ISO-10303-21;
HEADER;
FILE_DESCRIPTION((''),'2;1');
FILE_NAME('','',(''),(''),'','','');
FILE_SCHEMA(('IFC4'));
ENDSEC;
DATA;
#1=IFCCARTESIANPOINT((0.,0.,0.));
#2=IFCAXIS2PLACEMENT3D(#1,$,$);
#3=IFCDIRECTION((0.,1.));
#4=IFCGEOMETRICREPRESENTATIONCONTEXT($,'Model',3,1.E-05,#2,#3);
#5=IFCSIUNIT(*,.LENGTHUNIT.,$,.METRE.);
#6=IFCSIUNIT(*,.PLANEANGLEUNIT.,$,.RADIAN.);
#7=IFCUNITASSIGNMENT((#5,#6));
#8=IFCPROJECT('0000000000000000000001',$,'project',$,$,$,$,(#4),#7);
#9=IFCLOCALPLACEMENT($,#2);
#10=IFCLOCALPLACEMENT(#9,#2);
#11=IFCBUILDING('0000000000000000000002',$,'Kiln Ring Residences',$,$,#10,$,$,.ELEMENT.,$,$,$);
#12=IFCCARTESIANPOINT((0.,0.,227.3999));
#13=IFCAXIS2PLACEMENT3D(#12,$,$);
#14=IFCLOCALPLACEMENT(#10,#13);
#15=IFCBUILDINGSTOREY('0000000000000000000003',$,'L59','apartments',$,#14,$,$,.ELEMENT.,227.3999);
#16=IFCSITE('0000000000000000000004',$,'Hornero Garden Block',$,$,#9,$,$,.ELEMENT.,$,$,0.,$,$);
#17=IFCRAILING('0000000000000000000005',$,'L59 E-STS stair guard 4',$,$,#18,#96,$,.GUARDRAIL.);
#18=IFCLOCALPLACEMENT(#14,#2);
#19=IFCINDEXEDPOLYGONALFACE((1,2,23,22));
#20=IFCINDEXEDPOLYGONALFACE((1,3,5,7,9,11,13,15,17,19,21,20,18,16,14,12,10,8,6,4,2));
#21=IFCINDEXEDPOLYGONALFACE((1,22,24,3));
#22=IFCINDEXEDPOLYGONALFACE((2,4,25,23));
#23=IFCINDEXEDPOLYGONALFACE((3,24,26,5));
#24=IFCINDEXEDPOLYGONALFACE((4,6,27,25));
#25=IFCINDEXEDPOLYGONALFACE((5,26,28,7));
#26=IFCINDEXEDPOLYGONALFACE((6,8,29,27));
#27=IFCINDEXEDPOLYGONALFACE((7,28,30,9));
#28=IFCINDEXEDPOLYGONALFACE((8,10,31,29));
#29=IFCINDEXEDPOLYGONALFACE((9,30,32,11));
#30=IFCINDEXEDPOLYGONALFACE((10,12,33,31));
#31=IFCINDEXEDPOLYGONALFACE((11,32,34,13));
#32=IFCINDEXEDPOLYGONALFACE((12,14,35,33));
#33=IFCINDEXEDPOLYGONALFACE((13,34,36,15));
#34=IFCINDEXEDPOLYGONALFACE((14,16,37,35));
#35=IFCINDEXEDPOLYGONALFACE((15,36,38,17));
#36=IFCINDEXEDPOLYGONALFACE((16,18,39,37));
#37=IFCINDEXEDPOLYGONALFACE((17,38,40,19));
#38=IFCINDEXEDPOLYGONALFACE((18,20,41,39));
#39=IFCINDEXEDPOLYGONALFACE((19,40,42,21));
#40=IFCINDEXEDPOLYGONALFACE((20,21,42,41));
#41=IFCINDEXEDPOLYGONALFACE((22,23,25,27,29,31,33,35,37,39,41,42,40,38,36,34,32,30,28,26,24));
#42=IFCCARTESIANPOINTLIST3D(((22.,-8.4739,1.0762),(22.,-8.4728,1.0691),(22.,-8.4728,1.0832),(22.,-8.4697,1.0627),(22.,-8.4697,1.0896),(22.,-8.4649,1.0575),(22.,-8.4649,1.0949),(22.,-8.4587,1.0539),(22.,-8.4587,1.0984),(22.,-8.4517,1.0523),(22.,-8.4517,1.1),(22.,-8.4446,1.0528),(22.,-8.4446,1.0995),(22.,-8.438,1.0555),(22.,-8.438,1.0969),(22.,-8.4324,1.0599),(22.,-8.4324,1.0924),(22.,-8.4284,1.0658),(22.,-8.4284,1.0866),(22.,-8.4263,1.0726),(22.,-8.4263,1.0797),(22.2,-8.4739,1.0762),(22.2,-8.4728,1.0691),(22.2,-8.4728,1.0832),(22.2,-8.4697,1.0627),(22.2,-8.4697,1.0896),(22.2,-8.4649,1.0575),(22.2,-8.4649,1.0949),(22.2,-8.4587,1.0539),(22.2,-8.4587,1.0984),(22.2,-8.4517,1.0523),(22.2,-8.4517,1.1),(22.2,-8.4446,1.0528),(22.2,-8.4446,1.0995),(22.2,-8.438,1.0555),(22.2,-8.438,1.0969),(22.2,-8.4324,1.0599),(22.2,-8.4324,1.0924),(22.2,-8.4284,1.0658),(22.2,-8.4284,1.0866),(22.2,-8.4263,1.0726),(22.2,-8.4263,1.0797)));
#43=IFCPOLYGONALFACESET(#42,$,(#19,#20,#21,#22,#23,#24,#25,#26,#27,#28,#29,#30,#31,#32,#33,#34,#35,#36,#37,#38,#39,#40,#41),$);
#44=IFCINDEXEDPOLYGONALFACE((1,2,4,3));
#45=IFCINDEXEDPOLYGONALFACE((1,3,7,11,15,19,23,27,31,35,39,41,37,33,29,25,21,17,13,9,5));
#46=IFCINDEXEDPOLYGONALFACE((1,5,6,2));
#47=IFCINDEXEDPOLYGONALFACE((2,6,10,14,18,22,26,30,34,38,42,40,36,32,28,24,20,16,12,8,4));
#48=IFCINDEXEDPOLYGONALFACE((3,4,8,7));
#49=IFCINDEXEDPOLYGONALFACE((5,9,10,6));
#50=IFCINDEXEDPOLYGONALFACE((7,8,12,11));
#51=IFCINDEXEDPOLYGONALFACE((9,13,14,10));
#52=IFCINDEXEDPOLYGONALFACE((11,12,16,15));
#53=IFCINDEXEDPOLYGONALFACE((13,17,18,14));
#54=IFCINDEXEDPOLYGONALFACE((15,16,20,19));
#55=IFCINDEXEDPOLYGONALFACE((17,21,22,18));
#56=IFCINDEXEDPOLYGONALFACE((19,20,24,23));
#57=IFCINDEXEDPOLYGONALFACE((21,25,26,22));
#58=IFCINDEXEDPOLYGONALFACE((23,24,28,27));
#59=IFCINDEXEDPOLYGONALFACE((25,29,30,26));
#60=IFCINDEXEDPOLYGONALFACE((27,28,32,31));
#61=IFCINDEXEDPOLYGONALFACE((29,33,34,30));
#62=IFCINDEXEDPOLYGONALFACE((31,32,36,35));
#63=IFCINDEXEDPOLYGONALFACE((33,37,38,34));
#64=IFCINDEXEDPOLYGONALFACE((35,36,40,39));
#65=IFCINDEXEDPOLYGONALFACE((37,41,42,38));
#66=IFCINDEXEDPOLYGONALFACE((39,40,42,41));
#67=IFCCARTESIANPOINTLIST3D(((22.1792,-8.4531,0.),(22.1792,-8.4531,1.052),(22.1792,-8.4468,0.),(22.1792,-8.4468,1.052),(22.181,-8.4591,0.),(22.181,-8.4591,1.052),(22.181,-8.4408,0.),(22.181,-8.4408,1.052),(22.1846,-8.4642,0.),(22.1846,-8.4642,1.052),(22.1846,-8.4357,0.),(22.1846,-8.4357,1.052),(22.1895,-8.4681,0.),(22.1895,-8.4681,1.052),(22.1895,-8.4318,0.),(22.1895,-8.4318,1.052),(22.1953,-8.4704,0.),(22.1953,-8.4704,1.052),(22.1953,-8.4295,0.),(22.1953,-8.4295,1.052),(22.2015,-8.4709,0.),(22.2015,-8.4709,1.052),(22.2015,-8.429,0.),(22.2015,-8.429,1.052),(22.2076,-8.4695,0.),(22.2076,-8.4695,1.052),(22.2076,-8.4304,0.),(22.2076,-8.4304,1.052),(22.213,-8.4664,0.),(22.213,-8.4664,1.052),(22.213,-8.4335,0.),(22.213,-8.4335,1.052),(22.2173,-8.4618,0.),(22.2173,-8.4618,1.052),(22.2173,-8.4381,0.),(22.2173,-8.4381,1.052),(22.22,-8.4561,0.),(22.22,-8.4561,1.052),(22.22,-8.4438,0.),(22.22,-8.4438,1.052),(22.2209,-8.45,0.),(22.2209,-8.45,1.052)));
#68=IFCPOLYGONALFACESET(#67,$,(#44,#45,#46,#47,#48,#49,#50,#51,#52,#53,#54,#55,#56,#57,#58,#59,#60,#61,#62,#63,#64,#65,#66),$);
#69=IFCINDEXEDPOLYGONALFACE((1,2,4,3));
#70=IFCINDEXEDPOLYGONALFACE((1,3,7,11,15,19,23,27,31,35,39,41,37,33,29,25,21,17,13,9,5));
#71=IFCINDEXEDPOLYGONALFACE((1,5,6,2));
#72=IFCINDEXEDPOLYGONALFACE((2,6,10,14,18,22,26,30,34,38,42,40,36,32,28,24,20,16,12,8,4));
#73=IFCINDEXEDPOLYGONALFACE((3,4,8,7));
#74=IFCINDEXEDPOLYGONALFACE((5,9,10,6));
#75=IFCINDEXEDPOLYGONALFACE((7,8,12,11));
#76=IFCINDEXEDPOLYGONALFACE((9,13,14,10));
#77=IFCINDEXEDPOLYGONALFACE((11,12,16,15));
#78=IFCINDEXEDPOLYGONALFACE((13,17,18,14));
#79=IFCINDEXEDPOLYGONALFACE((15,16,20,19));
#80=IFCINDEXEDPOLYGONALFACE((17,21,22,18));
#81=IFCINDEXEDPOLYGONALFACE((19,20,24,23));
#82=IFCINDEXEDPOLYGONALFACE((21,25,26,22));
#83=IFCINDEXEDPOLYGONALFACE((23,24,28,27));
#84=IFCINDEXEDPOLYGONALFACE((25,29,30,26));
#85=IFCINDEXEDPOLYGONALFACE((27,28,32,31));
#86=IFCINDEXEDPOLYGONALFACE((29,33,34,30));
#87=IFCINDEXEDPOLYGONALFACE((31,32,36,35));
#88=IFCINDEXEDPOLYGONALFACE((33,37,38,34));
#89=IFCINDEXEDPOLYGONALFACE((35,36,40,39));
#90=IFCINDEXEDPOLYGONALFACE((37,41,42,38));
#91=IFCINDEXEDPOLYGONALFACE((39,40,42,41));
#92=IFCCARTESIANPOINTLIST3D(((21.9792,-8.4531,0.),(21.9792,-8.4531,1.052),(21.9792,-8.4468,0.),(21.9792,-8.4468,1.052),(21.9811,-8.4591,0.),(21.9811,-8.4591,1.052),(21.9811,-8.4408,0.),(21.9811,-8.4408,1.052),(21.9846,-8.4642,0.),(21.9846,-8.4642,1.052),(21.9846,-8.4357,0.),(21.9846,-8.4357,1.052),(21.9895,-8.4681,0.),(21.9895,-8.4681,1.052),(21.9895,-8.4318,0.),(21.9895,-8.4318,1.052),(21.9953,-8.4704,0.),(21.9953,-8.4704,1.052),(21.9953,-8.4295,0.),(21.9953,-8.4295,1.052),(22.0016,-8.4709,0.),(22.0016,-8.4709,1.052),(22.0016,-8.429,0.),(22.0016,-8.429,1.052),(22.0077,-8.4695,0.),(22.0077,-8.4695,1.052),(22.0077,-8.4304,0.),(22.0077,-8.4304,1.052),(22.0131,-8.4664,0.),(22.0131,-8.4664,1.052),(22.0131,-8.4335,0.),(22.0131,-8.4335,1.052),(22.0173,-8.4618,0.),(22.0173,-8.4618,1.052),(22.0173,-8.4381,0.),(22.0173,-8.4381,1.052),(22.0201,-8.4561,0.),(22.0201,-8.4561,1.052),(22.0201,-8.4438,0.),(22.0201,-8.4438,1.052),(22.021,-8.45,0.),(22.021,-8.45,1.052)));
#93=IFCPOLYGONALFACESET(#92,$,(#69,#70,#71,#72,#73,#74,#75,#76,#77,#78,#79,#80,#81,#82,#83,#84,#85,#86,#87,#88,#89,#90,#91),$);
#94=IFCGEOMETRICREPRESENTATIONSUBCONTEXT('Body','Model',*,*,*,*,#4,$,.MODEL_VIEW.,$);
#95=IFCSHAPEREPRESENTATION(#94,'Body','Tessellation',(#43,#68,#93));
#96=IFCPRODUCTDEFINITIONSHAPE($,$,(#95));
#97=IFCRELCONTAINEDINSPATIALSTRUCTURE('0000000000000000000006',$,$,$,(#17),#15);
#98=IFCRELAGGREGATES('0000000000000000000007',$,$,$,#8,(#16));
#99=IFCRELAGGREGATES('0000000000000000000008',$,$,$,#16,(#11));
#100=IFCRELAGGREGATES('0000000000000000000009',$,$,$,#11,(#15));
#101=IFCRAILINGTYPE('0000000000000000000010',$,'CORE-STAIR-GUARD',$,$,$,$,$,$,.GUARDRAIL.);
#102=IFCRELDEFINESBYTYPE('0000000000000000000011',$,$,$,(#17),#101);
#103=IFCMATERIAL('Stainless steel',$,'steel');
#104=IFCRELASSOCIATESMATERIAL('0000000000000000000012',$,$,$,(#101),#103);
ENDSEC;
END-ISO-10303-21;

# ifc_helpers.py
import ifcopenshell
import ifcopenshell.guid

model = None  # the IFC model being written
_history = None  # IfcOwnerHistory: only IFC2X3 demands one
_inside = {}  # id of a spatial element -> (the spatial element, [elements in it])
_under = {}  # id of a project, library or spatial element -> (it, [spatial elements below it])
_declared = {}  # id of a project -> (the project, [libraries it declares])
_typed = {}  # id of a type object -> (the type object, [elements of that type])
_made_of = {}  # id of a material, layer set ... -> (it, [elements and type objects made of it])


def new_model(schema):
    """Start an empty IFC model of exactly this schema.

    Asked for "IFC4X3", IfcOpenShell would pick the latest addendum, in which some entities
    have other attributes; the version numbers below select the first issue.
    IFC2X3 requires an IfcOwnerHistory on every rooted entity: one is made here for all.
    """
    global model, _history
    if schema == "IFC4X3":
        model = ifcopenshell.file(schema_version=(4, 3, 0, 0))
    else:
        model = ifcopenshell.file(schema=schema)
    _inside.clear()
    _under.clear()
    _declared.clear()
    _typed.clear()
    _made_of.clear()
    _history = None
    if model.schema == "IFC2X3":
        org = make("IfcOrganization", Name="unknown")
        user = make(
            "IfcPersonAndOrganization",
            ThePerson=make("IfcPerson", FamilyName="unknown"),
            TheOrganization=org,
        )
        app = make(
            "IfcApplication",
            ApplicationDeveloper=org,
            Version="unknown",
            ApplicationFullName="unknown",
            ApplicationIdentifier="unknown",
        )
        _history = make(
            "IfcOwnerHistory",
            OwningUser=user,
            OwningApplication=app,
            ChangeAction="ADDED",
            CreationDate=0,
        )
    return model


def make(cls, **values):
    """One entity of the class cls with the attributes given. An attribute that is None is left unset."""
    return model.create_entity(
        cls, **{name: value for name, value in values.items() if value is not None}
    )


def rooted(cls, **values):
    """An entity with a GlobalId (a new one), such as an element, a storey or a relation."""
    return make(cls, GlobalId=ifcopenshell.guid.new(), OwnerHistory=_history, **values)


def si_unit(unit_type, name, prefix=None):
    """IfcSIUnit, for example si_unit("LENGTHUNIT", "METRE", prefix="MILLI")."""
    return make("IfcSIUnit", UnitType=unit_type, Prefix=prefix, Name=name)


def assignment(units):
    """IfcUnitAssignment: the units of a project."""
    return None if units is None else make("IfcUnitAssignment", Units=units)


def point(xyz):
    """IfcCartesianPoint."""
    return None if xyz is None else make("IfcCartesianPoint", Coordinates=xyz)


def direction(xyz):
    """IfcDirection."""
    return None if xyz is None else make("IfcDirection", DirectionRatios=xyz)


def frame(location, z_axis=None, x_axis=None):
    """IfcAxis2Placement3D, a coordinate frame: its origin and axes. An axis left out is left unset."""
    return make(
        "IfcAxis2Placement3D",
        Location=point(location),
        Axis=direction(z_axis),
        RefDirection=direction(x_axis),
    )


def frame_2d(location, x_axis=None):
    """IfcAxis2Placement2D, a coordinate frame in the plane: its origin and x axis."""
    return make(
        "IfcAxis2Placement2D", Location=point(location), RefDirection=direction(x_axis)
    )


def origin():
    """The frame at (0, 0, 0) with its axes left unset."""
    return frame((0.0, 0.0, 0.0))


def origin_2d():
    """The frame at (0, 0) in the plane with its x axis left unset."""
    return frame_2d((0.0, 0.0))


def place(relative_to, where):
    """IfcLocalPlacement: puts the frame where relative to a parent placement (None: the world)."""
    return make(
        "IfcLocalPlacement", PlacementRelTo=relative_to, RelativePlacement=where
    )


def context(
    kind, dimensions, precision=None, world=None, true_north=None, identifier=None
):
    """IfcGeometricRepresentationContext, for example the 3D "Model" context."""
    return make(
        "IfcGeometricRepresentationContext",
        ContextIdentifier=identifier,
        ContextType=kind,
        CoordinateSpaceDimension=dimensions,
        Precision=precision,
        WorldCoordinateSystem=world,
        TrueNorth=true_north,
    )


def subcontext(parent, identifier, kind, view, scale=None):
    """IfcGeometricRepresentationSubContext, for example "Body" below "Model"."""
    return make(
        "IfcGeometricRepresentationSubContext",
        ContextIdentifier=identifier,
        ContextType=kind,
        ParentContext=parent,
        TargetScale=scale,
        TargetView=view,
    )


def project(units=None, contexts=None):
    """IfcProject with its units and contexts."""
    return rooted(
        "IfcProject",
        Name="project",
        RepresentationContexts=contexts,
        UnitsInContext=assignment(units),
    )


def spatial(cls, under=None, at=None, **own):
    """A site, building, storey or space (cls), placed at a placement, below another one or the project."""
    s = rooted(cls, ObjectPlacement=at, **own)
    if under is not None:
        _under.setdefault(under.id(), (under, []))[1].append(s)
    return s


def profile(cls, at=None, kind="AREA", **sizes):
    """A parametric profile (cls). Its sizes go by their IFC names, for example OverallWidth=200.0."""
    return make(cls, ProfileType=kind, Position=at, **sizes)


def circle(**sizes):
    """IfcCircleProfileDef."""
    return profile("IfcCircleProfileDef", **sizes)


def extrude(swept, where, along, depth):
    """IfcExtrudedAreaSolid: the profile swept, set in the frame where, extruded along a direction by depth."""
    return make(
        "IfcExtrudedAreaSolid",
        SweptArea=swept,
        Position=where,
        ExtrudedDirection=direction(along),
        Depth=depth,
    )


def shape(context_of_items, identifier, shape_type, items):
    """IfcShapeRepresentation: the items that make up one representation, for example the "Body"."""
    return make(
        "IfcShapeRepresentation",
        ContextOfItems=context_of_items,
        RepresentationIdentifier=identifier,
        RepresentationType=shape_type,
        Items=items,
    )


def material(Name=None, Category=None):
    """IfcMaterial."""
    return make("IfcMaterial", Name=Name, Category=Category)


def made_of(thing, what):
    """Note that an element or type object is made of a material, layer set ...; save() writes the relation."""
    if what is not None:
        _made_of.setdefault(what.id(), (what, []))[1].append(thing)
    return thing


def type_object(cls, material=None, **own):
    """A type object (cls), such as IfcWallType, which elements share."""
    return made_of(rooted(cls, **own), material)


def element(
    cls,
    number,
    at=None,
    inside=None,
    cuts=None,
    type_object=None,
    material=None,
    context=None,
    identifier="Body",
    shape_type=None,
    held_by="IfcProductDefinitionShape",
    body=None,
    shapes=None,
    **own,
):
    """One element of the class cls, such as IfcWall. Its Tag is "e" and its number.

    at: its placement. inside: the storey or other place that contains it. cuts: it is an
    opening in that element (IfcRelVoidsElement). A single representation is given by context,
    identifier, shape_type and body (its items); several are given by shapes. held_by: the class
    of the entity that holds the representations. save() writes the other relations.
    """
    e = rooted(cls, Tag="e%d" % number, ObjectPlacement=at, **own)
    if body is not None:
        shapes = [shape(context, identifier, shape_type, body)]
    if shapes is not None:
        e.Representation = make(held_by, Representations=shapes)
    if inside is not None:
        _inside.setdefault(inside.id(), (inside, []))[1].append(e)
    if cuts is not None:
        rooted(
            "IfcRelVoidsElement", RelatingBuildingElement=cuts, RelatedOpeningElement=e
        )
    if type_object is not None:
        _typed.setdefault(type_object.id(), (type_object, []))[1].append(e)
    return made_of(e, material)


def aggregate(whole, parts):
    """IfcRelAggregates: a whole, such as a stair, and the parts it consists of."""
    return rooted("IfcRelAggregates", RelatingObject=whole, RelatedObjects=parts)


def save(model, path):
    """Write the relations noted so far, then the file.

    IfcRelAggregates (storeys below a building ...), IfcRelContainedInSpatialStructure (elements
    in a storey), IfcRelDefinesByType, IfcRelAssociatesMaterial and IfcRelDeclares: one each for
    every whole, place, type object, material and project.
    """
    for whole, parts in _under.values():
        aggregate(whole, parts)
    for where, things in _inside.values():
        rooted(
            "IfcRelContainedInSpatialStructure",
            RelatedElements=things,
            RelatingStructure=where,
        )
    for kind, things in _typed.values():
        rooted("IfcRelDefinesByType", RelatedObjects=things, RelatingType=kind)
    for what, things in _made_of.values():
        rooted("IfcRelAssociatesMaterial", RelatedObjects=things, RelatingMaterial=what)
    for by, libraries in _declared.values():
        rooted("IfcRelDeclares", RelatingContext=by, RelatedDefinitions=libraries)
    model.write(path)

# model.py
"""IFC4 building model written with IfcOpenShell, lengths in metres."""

from ifc_helpers import new_model, si_unit, direction, frame, origin, origin_2d, place, context, subcontext, project, spatial, circle, extrude, material, type_object, element, save


model = new_model("IFC4")

# Units and contexts
model_context = context("Model", 3, precision=1e-05, world=origin(), true_north=direction((0.0, 1.0)))
body_context = subcontext(model_context, "Body", "Model", "MODEL_VIEW")
ifc_project = project(units=[si_unit("LENGTHUNIT", "METRE"), si_unit("PLANEANGLEUNIT", "RADIAN")], contexts=[model_context])

# Site, building, storey
site_placement = place(None, origin())
site = spatial("IfcSite", under=ifc_project, at=site_placement, Name="Hornero Garden Block", CompositionType="ELEMENT", RefElevation=0.0)
building_placement = place(site_placement, origin())
building = spatial("IfcBuilding", under=site, at=building_placement, Name="Kiln Ring Residences", CompositionType="ELEMENT")
storey_placement = place(building_placement, frame((0.0, 0.0, 227.3999)))
storey = spatial("IfcBuildingStorey", under=building, at=storey_placement, Name="L59", Description="apartments", CompositionType="ELEMENT", Elevation=227.3999)

# Railing
ifc_material_1 = material(Name="Stainless steel", Category="steel")
railing_type_1 = type_object("IfcRailingType", Name="CORE-STAIR-GUARD", PredefinedType="GUARDRAIL", material=ifc_material_1)
railing_1_placement = place(storey_placement, frame((22.2, -8.45, 0.0)))
element("IfcRailing", 1, at=railing_1_placement, inside=storey, type_object=railing_type_1, Name="L59 E-STS stair guard 4", PredefinedType="GUARDRAIL", context=body_context, shape_type="SweptSolid", body=[
    extrude(circle(Radius=0.0239, at=origin_2d()), frame((0.0, 0.0, 1.0762), z_axis=(-1.0, 0.0, 0.0), x_axis=(0.0, -1.0, 0.0)), (0.0, 0.0, 1.0), 0.2),
    extrude(circle(Radius=0.021, at=origin_2d()), origin(), (0.0, 0.0, 1.0), 1.052),
    extrude(circle(Radius=0.021, at=origin_2d()), frame((-0.2, 0.0, 0.0)), (0.0, 0.0, 1.0), 1.052),
])

save(model, "model.ifc")
